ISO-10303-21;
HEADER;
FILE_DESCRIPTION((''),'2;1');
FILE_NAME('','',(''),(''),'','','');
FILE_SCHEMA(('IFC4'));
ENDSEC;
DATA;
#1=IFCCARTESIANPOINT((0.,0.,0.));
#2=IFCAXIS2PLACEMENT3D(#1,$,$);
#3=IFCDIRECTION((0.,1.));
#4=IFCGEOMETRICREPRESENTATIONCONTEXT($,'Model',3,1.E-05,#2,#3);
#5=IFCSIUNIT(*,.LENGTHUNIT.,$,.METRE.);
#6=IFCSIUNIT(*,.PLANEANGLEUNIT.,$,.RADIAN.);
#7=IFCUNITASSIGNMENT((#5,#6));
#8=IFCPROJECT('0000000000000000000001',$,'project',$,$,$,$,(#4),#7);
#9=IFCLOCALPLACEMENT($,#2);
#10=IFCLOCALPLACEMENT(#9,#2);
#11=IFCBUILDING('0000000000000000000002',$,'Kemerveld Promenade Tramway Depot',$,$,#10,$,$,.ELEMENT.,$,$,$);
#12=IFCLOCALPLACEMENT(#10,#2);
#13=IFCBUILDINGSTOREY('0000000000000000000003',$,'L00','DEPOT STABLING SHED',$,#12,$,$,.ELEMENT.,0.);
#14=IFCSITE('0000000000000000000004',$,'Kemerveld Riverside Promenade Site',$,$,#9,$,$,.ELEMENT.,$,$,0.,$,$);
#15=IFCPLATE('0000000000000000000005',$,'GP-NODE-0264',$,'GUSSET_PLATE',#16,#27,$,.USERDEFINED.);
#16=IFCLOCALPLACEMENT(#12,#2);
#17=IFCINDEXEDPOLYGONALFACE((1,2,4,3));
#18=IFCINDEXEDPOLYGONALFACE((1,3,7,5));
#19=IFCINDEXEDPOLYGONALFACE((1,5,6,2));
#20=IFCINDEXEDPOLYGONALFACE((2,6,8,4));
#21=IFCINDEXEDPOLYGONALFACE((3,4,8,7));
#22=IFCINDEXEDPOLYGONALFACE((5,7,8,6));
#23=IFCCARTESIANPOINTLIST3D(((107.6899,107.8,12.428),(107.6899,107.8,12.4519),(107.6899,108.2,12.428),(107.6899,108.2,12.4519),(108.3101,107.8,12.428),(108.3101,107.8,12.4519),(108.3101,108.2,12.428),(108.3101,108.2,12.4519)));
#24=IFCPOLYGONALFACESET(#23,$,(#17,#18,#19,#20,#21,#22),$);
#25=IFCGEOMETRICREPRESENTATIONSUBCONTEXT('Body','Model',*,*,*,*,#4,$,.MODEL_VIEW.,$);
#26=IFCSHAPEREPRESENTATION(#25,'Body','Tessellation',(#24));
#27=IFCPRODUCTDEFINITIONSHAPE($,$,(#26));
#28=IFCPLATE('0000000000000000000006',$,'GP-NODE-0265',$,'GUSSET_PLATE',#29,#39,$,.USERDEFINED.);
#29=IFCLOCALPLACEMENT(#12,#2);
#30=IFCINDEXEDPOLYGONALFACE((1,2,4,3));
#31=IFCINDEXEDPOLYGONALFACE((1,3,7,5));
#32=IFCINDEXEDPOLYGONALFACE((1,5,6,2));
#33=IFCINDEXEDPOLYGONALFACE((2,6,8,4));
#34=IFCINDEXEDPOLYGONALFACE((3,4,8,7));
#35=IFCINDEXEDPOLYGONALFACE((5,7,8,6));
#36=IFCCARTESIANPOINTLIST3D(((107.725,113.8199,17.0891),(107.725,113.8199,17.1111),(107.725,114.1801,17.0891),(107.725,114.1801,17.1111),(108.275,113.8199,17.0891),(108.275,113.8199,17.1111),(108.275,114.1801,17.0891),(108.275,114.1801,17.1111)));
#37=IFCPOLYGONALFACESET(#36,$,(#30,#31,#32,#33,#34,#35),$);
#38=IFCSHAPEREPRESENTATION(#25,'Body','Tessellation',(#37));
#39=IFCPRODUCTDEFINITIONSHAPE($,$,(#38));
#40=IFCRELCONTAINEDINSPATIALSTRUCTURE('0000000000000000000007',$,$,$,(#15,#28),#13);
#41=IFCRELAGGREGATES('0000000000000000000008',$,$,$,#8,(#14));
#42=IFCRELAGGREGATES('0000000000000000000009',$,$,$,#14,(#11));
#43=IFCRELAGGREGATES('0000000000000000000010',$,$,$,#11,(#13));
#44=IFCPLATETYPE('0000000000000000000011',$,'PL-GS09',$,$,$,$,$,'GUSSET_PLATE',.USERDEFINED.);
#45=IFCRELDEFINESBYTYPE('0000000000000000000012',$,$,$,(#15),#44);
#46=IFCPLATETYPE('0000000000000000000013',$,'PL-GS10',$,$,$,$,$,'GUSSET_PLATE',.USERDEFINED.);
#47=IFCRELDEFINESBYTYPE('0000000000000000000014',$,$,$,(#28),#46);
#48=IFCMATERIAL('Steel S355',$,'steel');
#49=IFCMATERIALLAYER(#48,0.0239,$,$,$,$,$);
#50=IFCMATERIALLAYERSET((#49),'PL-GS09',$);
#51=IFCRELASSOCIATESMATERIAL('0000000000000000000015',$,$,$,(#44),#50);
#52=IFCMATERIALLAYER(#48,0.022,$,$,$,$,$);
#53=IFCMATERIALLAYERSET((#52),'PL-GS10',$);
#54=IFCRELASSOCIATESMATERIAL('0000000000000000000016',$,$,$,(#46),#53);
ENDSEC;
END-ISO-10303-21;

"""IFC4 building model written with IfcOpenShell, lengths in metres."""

from ifc_helpers import new_model, si_unit, direction, frame, origin, origin_2d, place, context, subcontext, project, spatial, rectangle, extrude, material, layer, layer_set, type_object, element, save


model = new_model("IFC4")

# Units and contexts
model_context = context("Model", 3, precision=1e-05, world=origin(), true_north=direction((0.0, 1.0)))
body_context = subcontext(model_context, "Body", "Model", "MODEL_VIEW")
ifc_project = project(units=[si_unit("LENGTHUNIT", "METRE"), si_unit("PLANEANGLEUNIT", "RADIAN")], contexts=[model_context])

# Site, building, storey
site_placement = place(None, origin())
site = spatial("IfcSite", under=ifc_project, at=site_placement, Name="Kemerveld Riverside Promenade Site", CompositionType="ELEMENT", RefElevation=0.0)
building_placement = place(site_placement, origin())
building = spatial("IfcBuilding", under=site, at=building_placement, Name="Kemerveld Promenade Tramway Depot", CompositionType="ELEMENT")
storey_placement = place(building_placement, origin())
storey = spatial("IfcBuildingStorey", under=building, at=storey_placement, Name="L00", Description="DEPOT STABLING SHED", CompositionType="ELEMENT", Elevation=0.0)

# Shared definitions
ifc_material_1 = material(Name="Steel S355", Category="steel")

# Plates
ifc_layer_1 = layer(ifc_material_1, 0.0239)
ifc_layer_set_1 = layer_set([ifc_layer_1], Name="PL-GS09")
plate_type_1 = type_object("IfcPlateType", Name="PL-GS09", ElementType="GUSSET_PLATE", PredefinedType="USERDEFINED", material=ifc_layer_set_1)
plate_1_placement = place(storey_placement, frame((108.0, 108.0, 12.428), z_axis=(0.0, 0.0, 1.0), x_axis=(1.0, 0.0, 0.0)))
element("IfcPlate", 1, at=plate_1_placement, inside=storey, type_object=plate_type_1, Name="GP-NODE-0264", ObjectType="GUSSET_PLATE", PredefinedType="USERDEFINED", context=body_context, shape_type="SweptSolid", body=[
    extrude(rectangle(XDim=0.6201, YDim=0.3999, at=origin_2d()), origin(), (0.0, 0.0, 1.0), 0.0239),
])
ifc_layer_2 = layer(ifc_material_1, 0.022)
ifc_layer_set_2 = layer_set([ifc_layer_2], Name="PL-GS10")
plate_type_2 = type_object("IfcPlateType", Name="PL-GS10", ElementType="GUSSET_PLATE", PredefinedType="USERDEFINED", material=ifc_layer_set_2)
plate_2_placement = place(storey_placement, frame((108.0, 114.0, 17.0891), z_axis=(0.0, 0.0, 1.0), x_axis=(1.0, 0.0, 0.0)))
element("IfcPlate", 2, at=plate_2_placement, inside=storey, type_object=plate_type_2, Name="GP-NODE-0265", ObjectType="GUSSET_PLATE", PredefinedType="USERDEFINED", context=body_context, shape_type="SweptSolid", body=[
    extrude(rectangle(XDim=0.55, YDim=0.3601, at=origin_2d()), origin(), (0.0, 0.0, 1.0), 0.022),
])

save(model, "model.ifc")
